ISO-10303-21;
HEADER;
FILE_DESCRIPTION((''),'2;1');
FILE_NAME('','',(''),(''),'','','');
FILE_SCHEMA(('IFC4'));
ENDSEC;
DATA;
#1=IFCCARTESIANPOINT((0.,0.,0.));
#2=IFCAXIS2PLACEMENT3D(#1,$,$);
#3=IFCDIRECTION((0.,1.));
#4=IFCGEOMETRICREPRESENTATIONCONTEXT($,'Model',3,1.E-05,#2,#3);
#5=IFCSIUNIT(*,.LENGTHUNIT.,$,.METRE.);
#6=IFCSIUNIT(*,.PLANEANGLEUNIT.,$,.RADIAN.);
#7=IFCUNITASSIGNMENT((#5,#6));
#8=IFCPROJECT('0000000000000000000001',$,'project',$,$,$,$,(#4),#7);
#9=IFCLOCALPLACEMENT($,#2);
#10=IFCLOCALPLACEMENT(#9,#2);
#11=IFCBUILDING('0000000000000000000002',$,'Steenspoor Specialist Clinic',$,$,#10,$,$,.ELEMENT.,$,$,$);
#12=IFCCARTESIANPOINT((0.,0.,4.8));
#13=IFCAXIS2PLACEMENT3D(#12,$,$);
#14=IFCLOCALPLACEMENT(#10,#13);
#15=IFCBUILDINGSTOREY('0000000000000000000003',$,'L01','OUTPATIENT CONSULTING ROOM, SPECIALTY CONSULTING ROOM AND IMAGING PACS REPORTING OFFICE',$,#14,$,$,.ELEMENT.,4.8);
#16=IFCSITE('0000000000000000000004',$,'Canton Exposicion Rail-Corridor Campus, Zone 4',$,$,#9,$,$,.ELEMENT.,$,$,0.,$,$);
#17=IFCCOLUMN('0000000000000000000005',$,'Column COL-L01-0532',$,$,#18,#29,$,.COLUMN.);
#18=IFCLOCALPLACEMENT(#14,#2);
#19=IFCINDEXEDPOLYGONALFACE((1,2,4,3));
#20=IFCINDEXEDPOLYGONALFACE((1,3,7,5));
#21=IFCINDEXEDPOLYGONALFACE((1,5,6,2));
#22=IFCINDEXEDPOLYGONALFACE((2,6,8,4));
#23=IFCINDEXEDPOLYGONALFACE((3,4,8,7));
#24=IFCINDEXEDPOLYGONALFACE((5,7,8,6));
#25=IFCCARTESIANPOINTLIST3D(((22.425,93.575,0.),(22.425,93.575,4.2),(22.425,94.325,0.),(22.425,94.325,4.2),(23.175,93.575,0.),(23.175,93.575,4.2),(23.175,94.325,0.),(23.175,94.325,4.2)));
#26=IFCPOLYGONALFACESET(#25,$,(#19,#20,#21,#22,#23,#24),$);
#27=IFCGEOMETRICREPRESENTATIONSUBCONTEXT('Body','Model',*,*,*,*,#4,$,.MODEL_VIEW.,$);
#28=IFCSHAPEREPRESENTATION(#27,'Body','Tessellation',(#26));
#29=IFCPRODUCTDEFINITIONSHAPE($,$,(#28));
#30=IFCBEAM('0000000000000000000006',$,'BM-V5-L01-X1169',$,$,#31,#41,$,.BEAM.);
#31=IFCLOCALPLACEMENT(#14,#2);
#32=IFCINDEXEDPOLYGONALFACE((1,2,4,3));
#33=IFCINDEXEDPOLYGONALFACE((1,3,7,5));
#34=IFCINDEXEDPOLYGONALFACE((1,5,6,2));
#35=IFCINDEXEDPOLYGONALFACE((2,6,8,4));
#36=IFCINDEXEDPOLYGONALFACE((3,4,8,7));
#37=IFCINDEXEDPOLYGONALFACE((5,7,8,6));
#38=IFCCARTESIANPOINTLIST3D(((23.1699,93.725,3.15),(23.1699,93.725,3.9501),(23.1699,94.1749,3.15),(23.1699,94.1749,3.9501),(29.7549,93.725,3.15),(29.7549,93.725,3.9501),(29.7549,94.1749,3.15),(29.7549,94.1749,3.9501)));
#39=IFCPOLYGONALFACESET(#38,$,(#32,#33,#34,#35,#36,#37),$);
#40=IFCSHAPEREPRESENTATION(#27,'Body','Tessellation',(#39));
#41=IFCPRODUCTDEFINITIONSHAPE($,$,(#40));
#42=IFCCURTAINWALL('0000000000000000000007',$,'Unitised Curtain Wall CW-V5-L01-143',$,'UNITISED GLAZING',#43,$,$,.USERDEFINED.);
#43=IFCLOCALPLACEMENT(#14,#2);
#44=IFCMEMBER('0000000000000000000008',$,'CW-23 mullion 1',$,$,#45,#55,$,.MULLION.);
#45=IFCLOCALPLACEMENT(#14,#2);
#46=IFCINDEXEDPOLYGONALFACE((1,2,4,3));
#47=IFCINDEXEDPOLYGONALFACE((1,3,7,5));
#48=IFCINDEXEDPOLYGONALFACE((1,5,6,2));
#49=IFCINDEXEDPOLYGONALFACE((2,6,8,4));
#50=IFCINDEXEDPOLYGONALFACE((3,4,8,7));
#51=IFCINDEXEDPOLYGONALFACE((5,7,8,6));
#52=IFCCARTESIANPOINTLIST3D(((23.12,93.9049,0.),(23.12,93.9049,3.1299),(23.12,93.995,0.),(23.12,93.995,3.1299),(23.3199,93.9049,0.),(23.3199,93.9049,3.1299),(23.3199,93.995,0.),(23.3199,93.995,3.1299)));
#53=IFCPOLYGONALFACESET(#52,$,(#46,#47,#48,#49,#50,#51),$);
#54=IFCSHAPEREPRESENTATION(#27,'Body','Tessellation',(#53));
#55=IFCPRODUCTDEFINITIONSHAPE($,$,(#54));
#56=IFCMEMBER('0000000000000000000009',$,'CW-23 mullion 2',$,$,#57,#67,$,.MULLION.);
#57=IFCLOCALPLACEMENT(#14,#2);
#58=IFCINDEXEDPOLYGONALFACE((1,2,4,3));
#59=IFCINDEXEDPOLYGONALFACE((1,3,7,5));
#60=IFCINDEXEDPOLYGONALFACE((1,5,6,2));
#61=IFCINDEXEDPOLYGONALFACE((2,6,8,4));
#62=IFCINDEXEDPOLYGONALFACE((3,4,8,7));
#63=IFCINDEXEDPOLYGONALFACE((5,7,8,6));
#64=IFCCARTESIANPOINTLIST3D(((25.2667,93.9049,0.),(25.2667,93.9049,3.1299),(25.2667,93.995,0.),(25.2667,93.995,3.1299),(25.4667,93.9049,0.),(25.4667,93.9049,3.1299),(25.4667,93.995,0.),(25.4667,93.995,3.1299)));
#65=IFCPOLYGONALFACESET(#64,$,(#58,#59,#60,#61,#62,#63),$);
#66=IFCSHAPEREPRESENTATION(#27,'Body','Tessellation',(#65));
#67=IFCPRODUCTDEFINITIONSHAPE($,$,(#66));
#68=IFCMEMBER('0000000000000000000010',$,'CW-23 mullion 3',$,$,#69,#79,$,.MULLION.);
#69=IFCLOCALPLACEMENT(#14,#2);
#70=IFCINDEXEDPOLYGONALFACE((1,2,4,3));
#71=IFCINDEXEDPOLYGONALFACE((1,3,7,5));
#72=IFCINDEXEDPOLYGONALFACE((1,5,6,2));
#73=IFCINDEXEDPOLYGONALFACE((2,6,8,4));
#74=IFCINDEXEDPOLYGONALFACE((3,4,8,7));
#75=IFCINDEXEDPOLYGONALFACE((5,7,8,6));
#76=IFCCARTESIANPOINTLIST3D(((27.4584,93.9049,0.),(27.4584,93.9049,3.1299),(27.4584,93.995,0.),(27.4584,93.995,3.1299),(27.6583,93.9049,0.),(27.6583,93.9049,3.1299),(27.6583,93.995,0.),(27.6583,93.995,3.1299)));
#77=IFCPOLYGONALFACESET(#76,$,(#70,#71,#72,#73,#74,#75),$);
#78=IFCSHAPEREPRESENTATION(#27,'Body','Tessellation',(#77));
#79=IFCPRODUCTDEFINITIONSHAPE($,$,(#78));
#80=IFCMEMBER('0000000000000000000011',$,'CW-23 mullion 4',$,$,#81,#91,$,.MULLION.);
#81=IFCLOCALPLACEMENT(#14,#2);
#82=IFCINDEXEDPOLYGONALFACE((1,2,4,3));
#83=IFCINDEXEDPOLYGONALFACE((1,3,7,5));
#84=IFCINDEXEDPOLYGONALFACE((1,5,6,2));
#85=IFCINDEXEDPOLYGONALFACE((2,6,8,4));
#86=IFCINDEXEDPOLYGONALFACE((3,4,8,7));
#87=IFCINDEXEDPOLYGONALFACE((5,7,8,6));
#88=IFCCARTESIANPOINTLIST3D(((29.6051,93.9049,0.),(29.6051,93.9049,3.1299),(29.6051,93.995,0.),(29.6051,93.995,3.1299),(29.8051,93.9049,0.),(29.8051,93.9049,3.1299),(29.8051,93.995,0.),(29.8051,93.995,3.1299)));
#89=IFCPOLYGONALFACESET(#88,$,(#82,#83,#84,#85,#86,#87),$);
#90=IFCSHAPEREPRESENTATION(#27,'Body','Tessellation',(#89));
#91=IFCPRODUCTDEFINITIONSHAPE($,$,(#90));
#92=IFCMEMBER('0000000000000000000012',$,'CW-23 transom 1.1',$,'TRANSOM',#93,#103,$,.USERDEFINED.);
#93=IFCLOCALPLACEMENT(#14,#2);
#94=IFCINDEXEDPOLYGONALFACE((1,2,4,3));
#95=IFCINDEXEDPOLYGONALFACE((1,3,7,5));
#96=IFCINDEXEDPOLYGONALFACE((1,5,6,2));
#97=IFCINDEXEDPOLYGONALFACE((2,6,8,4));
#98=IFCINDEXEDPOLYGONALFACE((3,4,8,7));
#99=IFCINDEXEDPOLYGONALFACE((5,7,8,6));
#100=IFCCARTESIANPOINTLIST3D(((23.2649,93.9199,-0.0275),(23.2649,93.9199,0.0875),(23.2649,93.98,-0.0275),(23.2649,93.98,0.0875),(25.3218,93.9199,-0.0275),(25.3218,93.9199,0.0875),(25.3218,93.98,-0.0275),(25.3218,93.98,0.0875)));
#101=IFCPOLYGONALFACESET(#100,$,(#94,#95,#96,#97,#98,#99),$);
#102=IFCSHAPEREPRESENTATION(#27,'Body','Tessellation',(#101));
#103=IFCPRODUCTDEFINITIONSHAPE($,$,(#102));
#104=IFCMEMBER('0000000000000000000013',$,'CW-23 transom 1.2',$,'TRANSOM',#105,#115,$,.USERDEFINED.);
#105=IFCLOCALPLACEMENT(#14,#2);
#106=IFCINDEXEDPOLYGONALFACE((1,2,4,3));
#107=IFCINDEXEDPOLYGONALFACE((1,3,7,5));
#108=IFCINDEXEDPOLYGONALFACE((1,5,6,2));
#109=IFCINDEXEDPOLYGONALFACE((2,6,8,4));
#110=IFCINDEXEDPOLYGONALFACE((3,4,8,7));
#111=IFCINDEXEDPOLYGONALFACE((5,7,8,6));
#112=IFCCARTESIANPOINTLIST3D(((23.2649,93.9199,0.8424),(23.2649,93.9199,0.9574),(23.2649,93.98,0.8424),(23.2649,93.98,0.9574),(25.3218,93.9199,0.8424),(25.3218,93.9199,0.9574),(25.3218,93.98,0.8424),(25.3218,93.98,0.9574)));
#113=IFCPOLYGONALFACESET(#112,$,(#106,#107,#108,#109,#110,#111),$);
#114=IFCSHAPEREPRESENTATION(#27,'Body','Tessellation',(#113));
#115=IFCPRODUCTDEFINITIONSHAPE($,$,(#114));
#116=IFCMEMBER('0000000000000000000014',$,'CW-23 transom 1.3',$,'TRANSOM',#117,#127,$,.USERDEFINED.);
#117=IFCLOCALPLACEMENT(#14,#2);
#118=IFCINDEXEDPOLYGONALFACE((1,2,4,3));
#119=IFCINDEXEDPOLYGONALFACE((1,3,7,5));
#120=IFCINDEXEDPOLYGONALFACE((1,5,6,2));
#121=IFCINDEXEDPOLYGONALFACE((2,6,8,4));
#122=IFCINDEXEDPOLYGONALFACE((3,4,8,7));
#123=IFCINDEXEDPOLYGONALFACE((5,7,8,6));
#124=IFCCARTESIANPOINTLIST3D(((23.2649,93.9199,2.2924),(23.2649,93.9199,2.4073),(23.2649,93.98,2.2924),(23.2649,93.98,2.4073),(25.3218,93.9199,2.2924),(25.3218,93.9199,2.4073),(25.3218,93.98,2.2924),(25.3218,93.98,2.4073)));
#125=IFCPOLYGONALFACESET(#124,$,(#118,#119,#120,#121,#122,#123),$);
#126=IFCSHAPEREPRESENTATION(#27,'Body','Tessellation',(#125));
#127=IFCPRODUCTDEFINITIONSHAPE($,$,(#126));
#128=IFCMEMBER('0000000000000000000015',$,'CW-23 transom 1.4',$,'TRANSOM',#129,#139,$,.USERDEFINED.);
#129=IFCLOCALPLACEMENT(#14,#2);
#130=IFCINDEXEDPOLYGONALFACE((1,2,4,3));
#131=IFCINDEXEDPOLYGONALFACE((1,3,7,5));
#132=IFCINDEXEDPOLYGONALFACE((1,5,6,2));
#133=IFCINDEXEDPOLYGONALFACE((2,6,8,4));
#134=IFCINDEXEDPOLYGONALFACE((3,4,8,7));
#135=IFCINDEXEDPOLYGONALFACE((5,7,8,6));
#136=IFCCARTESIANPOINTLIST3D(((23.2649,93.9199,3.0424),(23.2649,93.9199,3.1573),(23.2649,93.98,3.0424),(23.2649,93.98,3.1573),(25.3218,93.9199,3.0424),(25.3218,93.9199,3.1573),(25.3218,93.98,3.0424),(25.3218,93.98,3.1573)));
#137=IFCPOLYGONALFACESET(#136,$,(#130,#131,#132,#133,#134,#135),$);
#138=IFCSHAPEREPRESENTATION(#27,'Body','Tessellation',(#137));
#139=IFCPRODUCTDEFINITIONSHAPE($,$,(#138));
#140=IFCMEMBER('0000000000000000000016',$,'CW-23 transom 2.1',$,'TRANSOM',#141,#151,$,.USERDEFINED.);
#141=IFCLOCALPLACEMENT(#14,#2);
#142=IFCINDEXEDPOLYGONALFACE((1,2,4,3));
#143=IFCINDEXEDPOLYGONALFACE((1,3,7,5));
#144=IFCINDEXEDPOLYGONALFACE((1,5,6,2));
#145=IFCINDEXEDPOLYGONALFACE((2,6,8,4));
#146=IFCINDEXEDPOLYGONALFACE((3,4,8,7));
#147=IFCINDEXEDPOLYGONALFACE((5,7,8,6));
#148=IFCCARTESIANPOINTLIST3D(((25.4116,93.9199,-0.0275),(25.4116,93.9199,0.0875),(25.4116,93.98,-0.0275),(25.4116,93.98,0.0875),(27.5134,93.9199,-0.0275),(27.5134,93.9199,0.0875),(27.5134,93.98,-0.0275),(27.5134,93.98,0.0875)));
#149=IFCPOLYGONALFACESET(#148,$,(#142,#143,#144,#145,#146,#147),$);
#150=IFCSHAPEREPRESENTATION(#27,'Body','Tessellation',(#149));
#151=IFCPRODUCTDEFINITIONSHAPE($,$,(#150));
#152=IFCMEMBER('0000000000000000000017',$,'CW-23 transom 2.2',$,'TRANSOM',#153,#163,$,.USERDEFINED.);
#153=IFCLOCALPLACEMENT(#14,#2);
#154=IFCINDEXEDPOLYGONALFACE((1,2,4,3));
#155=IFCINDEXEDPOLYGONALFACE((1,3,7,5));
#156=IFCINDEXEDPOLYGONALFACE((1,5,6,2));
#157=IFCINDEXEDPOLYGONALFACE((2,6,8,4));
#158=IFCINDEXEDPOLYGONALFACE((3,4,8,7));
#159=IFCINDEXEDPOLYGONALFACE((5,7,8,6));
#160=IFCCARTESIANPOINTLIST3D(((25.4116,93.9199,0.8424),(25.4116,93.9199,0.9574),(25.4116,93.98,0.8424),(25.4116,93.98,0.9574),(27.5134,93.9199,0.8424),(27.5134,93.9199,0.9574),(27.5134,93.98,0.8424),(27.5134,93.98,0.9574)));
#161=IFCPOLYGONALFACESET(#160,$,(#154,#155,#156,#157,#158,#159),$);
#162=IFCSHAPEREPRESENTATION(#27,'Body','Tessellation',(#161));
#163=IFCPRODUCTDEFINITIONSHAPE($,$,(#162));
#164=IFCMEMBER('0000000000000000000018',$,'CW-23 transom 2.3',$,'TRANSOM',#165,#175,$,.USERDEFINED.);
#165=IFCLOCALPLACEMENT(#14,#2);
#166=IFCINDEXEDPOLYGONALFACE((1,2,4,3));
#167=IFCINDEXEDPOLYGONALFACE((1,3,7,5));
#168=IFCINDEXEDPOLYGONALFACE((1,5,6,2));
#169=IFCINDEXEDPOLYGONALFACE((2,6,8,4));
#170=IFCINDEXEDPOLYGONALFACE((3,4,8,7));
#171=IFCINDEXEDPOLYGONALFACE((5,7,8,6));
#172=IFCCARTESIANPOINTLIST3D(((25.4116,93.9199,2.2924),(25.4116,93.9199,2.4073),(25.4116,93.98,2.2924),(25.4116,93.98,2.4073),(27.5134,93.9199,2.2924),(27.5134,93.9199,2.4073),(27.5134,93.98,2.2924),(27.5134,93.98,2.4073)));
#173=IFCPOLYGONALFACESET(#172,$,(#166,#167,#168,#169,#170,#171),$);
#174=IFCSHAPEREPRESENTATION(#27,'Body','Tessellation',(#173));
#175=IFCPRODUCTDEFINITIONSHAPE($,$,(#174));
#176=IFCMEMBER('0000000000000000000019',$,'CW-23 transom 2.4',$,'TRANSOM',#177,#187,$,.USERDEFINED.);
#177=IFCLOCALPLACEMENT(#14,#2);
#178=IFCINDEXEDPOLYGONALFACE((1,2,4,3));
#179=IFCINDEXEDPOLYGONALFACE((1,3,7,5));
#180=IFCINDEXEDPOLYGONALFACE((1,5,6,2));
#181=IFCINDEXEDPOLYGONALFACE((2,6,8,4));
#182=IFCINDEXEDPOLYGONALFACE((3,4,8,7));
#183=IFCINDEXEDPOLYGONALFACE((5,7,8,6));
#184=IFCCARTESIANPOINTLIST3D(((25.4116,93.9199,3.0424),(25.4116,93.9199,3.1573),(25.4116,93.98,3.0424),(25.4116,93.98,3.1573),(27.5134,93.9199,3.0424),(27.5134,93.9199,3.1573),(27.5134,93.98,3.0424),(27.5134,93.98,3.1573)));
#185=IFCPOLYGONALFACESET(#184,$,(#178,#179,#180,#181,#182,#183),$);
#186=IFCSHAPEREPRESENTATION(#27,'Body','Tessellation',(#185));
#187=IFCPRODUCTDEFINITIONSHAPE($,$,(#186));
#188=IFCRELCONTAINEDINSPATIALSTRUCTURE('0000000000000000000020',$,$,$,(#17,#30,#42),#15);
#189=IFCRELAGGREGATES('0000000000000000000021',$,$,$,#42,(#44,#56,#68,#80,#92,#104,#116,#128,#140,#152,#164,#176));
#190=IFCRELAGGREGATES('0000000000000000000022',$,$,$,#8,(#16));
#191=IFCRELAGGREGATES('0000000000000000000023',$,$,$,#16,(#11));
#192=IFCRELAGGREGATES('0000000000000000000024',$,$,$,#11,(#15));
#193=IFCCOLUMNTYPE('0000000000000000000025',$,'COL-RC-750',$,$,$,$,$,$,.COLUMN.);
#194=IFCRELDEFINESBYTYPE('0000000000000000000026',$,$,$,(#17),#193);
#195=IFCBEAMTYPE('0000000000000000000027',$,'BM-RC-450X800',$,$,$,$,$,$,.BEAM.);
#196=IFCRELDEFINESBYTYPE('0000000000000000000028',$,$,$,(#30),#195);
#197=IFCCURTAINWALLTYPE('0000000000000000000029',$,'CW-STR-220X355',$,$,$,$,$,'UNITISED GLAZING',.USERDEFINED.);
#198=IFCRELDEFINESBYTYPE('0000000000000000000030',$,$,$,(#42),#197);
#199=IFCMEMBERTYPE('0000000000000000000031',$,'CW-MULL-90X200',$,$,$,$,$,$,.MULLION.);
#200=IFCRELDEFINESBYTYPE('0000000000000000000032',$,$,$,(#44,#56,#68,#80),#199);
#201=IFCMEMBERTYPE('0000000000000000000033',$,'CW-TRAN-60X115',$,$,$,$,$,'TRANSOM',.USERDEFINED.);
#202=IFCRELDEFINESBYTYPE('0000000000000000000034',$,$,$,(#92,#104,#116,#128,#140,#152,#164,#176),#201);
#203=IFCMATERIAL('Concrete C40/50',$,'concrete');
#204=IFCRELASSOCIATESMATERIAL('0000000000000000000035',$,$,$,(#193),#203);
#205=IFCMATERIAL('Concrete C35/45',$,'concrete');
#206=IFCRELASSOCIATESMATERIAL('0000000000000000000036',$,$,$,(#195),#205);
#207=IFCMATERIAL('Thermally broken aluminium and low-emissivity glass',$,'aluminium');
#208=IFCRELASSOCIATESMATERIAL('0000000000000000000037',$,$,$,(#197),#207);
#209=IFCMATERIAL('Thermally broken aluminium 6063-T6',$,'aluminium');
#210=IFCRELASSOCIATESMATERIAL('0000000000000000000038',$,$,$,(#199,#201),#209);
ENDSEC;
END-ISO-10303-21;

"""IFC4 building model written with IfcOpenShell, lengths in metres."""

from ifc_helpers import new_model, si_unit, direction, frame, origin, origin_2d, place, context, subcontext, project, spatial, rectangle, extrude, material, material_profile, profile_set, type_object, element, aggregate, save


model = new_model("IFC4")

# Units and contexts
model_context = context("Model", 3, precision=1e-05, world=origin(), true_north=direction((0.0, 1.0)))
body_context = subcontext(model_context, "Body", "Model", "MODEL_VIEW")
ifc_project = project(units=[si_unit("LENGTHUNIT", "METRE"), si_unit("PLANEANGLEUNIT", "RADIAN")], contexts=[model_context])

# Site, building, storey
site_placement = place(None, origin())
site = spatial("IfcSite", under=ifc_project, at=site_placement, Name="Canton Exposicion Rail-Corridor Campus, Zone 4", CompositionType="ELEMENT", RefElevation=0.0)
building_placement = place(site_placement, origin())
building = spatial("IfcBuilding", under=site, at=building_placement, Name="Steenspoor Specialist Clinic", CompositionType="ELEMENT")
storey_placement = place(building_placement, frame((0.0, 0.0, 4.8)))
storey = spatial("IfcBuildingStorey", under=building, at=storey_placement, Name="L01", Description="OUTPATIENT CONSULTING ROOM, SPECIALTY CONSULTING ROOM AND IMAGING PACS REPORTING OFFICE", CompositionType="ELEMENT", Elevation=4.8)

# Column
ifc_material_1 = material(Name="Concrete C40/50", Category="concrete")
ifc_material_profile_1 = material_profile(ifc_material_1, rectangle(XDim=0.75, YDim=0.75, at=origin_2d()), Name="RC-COL-750X750")
ifc_profile_set_1 = profile_set([ifc_material_profile_1], Name="Concrete C40/50")
column_type = type_object("IfcColumnType", Name="COL-RC-750", PredefinedType="COLUMN", material=ifc_profile_set_1)
column_placement = place(storey_placement, frame((22.8, 93.95, 0.0), z_axis=(0.0, 0.0, 1.0), x_axis=(1.0, 0.0, 0.0)))
element("IfcColumn", 1, at=column_placement, inside=storey, type_object=column_type, Name="Column COL-L01-0532", PredefinedType="COLUMN", context=body_context, shape_type="SweptSolid", body=[
    extrude(rectangle(XDim=0.75, YDim=0.75, at=origin_2d()), origin(), (0.0, 0.0, 1.0), 4.2),
])

# Beam
ifc_material_2 = material(Name="Concrete C35/45", Category="concrete")
ifc_material_profile_2 = material_profile(ifc_material_2, rectangle(XDim=0.45, YDim=0.8, at=origin_2d()), Name="RC-BM-450X800")
ifc_profile_set_2 = profile_set([ifc_material_profile_2], Name="Concrete C35/45")
beam_type_1 = type_object("IfcBeamType", Name="BM-RC-450X800", PredefinedType="BEAM", material=ifc_profile_set_2)
beam_1_placement = place(storey_placement, frame((23.1699, 93.95, 3.55), z_axis=(1.0, 0.0, 0.0), x_axis=(0.0, 1.0, 0.0)))
element("IfcBeam", 2, at=beam_1_placement, inside=storey, type_object=beam_type_1, Name="BM-V5-L01-X1169", PredefinedType="BEAM", context=body_context, shape_type="SweptSolid", body=[
    extrude(rectangle(XDim=0.45, YDim=0.8, at=origin_2d()), origin(), (0.0, 0.0, 1.0), 6.585),
])

# Curtain wall, members
ifc_material_3 = material(Name="Thermally broken aluminium and low-emissivity glass", Category="aluminium")
curtain_wall_type = type_object("IfcCurtainWallType", Name="CW-STR-220X355", ElementType="UNITISED GLAZING", PredefinedType="USERDEFINED", material=ifc_material_3)
curtain_wall_placement = place(storey_placement, origin())
curtain_wall = element("IfcCurtainWall", 3, at=curtain_wall_placement, inside=storey, type_object=curtain_wall_type, Name="Unitised Curtain Wall CW-V5-L01-143", ObjectType="UNITISED GLAZING", PredefinedType="USERDEFINED")
ifc_material_4 = material(Name="Thermally broken aluminium 6063-T6", Category="aluminium")
ifc_material_profile_3 = material_profile(ifc_material_4, rectangle(XDim=0.0901, YDim=0.2, at=origin_2d()), Name="CWM-90X200")
ifc_profile_set_3 = profile_set([ifc_material_profile_3], Name="Thermally broken aluminium 6063-T6")
member_type_1 = type_object("IfcMemberType", Name="CW-MULL-90X200", PredefinedType="MULLION", material=ifc_profile_set_3)
member_1_placement = place(storey_placement, frame((23.22, 93.95, 0.0), z_axis=(0.0, 0.0, 1.0), x_axis=(0.0, 1.0, 0.0)))
member_1 = element("IfcMember", 4, at=member_1_placement, type_object=member_type_1, Name="CW-23 mullion 1", PredefinedType="MULLION", context=body_context, shape_type="SweptSolid", body=[
    extrude(rectangle(XDim=0.0901, YDim=0.2, at=origin_2d()), origin(), (0.0, 0.0, 1.0), 3.1299),
])
member_2_placement = place(storey_placement, frame((25.3667, 93.95, 0.0), z_axis=(0.0, 0.0, 1.0), x_axis=(0.0, 1.0, 0.0)))
member_2 = element("IfcMember", 5, at=member_2_placement, type_object=member_type_1, Name="CW-23 mullion 2", PredefinedType="MULLION", context=body_context, shape_type="SweptSolid", body=[
    extrude(rectangle(XDim=0.0901, YDim=0.2, at=origin_2d()), origin(), (0.0, 0.0, 1.0), 3.1299),
])
member_3_placement = place(storey_placement, frame((27.5583, 93.95, 0.0), z_axis=(0.0, 0.0, 1.0), x_axis=(0.0, 1.0, 0.0)))
member_3 = element("IfcMember", 6, at=member_3_placement, type_object=member_type_1, Name="CW-23 mullion 3", PredefinedType="MULLION", context=body_context, shape_type="SweptSolid", body=[
    extrude(rectangle(XDim=0.0901, YDim=0.2, at=origin_2d()), origin(), (0.0, 0.0, 1.0), 3.1299),
])
member_4_placement = place(storey_placement, frame((29.7051, 93.95, 0.0), z_axis=(0.0, 0.0, 1.0), x_axis=(0.0, 1.0, 0.0)))
member_4 = element("IfcMember", 7, at=member_4_placement, type_object=member_type_1, Name="CW-23 mullion 4", PredefinedType="MULLION", context=body_context, shape_type="SweptSolid", body=[
    extrude(rectangle(XDim=0.0901, YDim=0.2, at=origin_2d()), origin(), (0.0, 0.0, 1.0), 3.1299),
])
ifc_material_profile_4 = material_profile(ifc_material_4, rectangle(XDim=0.0601, YDim=0.115, at=origin_2d()), Name="CWT-60X115")
ifc_profile_set_4 = profile_set([ifc_material_profile_4], Name="Thermally broken aluminium 6063-T6")
member_type_2 = type_object("IfcMemberType", Name="CW-TRAN-60X115", ElementType="TRANSOM", PredefinedType="USERDEFINED", material=ifc_profile_set_4)
member_5_placement = place(storey_placement, frame((23.2649, 93.95, 0.03), z_axis=(1.0, 0.0, 0.0), x_axis=(0.0, 1.0, 0.0)))
member_5 = element("IfcMember", 8, at=member_5_placement, type_object=member_type_2, Name="CW-23 transom 1.1", ObjectType="TRANSOM", PredefinedType="USERDEFINED", context=body_context, shape_type="SweptSolid", body=[
    extrude(rectangle(XDim=0.0601, YDim=0.115, at=origin_2d()), origin(), (0.0, 0.0, 1.0), 2.0569),
])
member_6_placement = place(storey_placement, frame((23.2649, 93.95, 0.8999), z_axis=(1.0, 0.0, 0.0), x_axis=(0.0, 1.0, 0.0)))
member_6 = element("IfcMember", 9, at=member_6_placement, type_object=member_type_2, Name="CW-23 transom 1.2", ObjectType="TRANSOM", PredefinedType="USERDEFINED", context=body_context, shape_type="SweptSolid", body=[
    extrude(rectangle(XDim=0.0601, YDim=0.115, at=origin_2d()), origin(), (0.0, 0.0, 1.0), 2.0569),
])
member_7_placement = place(storey_placement, frame((23.2649, 93.95, 2.3499), z_axis=(1.0, 0.0, 0.0), x_axis=(0.0, 1.0, 0.0)))
member_7 = element("IfcMember", 10, at=member_7_placement, type_object=member_type_2, Name="CW-23 transom 1.3", ObjectType="TRANSOM", PredefinedType="USERDEFINED", context=body_context, shape_type="SweptSolid", body=[
    extrude(rectangle(XDim=0.0601, YDim=0.115, at=origin_2d()), origin(), (0.0, 0.0, 1.0), 2.0569),
])
member_8_placement = place(storey_placement, frame((23.2649, 93.95, 3.0999), z_axis=(1.0, 0.0, 0.0), x_axis=(0.0, 1.0, 0.0)))
member_8 = element("IfcMember", 11, at=member_8_placement, type_object=member_type_2, Name="CW-23 transom 1.4", ObjectType="TRANSOM", PredefinedType="USERDEFINED", context=body_context, shape_type="SweptSolid", body=[
    extrude(rectangle(XDim=0.0601, YDim=0.115, at=origin_2d()), origin(), (0.0, 0.0, 1.0), 2.0569),
])
member_9_placement = place(storey_placement, frame((25.4116, 93.95, 0.03), z_axis=(1.0, 0.0, 0.0), x_axis=(0.0, 1.0, 0.0)))
member_9 = element("IfcMember", 12, at=member_9_placement, type_object=member_type_2, Name="CW-23 transom 2.1", ObjectType="TRANSOM", PredefinedType="USERDEFINED", context=body_context, shape_type="SweptSolid", body=[
    extrude(rectangle(XDim=0.0601, YDim=0.115, at=origin_2d()), origin(), (0.0, 0.0, 1.0), 2.1018),
])
member_10_placement = place(storey_placement, frame((25.4116, 93.95, 0.8999), z_axis=(1.0, 0.0, 0.0), x_axis=(0.0, 1.0, 0.0)))
member_10 = element("IfcMember", 13, at=member_10_placement, type_object=member_type_2, Name="CW-23 transom 2.2", ObjectType="TRANSOM", PredefinedType="USERDEFINED", context=body_context, shape_type="SweptSolid", body=[
    extrude(rectangle(XDim=0.0601, YDim=0.115, at=origin_2d()), origin(), (0.0, 0.0, 1.0), 2.1018),
])
member_11_placement = place(storey_placement, frame((25.4116, 93.95, 2.3499), z_axis=(1.0, 0.0, 0.0), x_axis=(0.0, 1.0, 0.0)))
member_11 = element("IfcMember", 14, at=member_11_placement, type_object=member_type_2, Name="CW-23 transom 2.3", ObjectType="TRANSOM", PredefinedType="USERDEFINED", context=body_context, shape_type="SweptSolid", body=[
    extrude(rectangle(XDim=0.0601, YDim=0.115, at=origin_2d()), origin(), (0.0, 0.0, 1.0), 2.1018),
])
member_12_placement = place(storey_placement, frame((25.4116, 93.95, 3.0999), z_axis=(1.0, 0.0, 0.0), x_axis=(0.0, 1.0, 0.0)))
member_12 = element("IfcMember", 15, at=member_12_placement, type_object=member_type_2, Name="CW-23 transom 2.4", ObjectType="TRANSOM", PredefinedType="USERDEFINED", context=body_context, shape_type="SweptSolid", body=[
    extrude(rectangle(XDim=0.0601, YDim=0.115, at=origin_2d()), origin(), (0.0, 0.0, 1.0), 2.1018),
])

aggregate(curtain_wall, [member_1, member_2, member_3, member_4, member_5, member_6, member_7, member_8, member_9, member_10, member_11, member_12])

save(model, "model.ifc")
